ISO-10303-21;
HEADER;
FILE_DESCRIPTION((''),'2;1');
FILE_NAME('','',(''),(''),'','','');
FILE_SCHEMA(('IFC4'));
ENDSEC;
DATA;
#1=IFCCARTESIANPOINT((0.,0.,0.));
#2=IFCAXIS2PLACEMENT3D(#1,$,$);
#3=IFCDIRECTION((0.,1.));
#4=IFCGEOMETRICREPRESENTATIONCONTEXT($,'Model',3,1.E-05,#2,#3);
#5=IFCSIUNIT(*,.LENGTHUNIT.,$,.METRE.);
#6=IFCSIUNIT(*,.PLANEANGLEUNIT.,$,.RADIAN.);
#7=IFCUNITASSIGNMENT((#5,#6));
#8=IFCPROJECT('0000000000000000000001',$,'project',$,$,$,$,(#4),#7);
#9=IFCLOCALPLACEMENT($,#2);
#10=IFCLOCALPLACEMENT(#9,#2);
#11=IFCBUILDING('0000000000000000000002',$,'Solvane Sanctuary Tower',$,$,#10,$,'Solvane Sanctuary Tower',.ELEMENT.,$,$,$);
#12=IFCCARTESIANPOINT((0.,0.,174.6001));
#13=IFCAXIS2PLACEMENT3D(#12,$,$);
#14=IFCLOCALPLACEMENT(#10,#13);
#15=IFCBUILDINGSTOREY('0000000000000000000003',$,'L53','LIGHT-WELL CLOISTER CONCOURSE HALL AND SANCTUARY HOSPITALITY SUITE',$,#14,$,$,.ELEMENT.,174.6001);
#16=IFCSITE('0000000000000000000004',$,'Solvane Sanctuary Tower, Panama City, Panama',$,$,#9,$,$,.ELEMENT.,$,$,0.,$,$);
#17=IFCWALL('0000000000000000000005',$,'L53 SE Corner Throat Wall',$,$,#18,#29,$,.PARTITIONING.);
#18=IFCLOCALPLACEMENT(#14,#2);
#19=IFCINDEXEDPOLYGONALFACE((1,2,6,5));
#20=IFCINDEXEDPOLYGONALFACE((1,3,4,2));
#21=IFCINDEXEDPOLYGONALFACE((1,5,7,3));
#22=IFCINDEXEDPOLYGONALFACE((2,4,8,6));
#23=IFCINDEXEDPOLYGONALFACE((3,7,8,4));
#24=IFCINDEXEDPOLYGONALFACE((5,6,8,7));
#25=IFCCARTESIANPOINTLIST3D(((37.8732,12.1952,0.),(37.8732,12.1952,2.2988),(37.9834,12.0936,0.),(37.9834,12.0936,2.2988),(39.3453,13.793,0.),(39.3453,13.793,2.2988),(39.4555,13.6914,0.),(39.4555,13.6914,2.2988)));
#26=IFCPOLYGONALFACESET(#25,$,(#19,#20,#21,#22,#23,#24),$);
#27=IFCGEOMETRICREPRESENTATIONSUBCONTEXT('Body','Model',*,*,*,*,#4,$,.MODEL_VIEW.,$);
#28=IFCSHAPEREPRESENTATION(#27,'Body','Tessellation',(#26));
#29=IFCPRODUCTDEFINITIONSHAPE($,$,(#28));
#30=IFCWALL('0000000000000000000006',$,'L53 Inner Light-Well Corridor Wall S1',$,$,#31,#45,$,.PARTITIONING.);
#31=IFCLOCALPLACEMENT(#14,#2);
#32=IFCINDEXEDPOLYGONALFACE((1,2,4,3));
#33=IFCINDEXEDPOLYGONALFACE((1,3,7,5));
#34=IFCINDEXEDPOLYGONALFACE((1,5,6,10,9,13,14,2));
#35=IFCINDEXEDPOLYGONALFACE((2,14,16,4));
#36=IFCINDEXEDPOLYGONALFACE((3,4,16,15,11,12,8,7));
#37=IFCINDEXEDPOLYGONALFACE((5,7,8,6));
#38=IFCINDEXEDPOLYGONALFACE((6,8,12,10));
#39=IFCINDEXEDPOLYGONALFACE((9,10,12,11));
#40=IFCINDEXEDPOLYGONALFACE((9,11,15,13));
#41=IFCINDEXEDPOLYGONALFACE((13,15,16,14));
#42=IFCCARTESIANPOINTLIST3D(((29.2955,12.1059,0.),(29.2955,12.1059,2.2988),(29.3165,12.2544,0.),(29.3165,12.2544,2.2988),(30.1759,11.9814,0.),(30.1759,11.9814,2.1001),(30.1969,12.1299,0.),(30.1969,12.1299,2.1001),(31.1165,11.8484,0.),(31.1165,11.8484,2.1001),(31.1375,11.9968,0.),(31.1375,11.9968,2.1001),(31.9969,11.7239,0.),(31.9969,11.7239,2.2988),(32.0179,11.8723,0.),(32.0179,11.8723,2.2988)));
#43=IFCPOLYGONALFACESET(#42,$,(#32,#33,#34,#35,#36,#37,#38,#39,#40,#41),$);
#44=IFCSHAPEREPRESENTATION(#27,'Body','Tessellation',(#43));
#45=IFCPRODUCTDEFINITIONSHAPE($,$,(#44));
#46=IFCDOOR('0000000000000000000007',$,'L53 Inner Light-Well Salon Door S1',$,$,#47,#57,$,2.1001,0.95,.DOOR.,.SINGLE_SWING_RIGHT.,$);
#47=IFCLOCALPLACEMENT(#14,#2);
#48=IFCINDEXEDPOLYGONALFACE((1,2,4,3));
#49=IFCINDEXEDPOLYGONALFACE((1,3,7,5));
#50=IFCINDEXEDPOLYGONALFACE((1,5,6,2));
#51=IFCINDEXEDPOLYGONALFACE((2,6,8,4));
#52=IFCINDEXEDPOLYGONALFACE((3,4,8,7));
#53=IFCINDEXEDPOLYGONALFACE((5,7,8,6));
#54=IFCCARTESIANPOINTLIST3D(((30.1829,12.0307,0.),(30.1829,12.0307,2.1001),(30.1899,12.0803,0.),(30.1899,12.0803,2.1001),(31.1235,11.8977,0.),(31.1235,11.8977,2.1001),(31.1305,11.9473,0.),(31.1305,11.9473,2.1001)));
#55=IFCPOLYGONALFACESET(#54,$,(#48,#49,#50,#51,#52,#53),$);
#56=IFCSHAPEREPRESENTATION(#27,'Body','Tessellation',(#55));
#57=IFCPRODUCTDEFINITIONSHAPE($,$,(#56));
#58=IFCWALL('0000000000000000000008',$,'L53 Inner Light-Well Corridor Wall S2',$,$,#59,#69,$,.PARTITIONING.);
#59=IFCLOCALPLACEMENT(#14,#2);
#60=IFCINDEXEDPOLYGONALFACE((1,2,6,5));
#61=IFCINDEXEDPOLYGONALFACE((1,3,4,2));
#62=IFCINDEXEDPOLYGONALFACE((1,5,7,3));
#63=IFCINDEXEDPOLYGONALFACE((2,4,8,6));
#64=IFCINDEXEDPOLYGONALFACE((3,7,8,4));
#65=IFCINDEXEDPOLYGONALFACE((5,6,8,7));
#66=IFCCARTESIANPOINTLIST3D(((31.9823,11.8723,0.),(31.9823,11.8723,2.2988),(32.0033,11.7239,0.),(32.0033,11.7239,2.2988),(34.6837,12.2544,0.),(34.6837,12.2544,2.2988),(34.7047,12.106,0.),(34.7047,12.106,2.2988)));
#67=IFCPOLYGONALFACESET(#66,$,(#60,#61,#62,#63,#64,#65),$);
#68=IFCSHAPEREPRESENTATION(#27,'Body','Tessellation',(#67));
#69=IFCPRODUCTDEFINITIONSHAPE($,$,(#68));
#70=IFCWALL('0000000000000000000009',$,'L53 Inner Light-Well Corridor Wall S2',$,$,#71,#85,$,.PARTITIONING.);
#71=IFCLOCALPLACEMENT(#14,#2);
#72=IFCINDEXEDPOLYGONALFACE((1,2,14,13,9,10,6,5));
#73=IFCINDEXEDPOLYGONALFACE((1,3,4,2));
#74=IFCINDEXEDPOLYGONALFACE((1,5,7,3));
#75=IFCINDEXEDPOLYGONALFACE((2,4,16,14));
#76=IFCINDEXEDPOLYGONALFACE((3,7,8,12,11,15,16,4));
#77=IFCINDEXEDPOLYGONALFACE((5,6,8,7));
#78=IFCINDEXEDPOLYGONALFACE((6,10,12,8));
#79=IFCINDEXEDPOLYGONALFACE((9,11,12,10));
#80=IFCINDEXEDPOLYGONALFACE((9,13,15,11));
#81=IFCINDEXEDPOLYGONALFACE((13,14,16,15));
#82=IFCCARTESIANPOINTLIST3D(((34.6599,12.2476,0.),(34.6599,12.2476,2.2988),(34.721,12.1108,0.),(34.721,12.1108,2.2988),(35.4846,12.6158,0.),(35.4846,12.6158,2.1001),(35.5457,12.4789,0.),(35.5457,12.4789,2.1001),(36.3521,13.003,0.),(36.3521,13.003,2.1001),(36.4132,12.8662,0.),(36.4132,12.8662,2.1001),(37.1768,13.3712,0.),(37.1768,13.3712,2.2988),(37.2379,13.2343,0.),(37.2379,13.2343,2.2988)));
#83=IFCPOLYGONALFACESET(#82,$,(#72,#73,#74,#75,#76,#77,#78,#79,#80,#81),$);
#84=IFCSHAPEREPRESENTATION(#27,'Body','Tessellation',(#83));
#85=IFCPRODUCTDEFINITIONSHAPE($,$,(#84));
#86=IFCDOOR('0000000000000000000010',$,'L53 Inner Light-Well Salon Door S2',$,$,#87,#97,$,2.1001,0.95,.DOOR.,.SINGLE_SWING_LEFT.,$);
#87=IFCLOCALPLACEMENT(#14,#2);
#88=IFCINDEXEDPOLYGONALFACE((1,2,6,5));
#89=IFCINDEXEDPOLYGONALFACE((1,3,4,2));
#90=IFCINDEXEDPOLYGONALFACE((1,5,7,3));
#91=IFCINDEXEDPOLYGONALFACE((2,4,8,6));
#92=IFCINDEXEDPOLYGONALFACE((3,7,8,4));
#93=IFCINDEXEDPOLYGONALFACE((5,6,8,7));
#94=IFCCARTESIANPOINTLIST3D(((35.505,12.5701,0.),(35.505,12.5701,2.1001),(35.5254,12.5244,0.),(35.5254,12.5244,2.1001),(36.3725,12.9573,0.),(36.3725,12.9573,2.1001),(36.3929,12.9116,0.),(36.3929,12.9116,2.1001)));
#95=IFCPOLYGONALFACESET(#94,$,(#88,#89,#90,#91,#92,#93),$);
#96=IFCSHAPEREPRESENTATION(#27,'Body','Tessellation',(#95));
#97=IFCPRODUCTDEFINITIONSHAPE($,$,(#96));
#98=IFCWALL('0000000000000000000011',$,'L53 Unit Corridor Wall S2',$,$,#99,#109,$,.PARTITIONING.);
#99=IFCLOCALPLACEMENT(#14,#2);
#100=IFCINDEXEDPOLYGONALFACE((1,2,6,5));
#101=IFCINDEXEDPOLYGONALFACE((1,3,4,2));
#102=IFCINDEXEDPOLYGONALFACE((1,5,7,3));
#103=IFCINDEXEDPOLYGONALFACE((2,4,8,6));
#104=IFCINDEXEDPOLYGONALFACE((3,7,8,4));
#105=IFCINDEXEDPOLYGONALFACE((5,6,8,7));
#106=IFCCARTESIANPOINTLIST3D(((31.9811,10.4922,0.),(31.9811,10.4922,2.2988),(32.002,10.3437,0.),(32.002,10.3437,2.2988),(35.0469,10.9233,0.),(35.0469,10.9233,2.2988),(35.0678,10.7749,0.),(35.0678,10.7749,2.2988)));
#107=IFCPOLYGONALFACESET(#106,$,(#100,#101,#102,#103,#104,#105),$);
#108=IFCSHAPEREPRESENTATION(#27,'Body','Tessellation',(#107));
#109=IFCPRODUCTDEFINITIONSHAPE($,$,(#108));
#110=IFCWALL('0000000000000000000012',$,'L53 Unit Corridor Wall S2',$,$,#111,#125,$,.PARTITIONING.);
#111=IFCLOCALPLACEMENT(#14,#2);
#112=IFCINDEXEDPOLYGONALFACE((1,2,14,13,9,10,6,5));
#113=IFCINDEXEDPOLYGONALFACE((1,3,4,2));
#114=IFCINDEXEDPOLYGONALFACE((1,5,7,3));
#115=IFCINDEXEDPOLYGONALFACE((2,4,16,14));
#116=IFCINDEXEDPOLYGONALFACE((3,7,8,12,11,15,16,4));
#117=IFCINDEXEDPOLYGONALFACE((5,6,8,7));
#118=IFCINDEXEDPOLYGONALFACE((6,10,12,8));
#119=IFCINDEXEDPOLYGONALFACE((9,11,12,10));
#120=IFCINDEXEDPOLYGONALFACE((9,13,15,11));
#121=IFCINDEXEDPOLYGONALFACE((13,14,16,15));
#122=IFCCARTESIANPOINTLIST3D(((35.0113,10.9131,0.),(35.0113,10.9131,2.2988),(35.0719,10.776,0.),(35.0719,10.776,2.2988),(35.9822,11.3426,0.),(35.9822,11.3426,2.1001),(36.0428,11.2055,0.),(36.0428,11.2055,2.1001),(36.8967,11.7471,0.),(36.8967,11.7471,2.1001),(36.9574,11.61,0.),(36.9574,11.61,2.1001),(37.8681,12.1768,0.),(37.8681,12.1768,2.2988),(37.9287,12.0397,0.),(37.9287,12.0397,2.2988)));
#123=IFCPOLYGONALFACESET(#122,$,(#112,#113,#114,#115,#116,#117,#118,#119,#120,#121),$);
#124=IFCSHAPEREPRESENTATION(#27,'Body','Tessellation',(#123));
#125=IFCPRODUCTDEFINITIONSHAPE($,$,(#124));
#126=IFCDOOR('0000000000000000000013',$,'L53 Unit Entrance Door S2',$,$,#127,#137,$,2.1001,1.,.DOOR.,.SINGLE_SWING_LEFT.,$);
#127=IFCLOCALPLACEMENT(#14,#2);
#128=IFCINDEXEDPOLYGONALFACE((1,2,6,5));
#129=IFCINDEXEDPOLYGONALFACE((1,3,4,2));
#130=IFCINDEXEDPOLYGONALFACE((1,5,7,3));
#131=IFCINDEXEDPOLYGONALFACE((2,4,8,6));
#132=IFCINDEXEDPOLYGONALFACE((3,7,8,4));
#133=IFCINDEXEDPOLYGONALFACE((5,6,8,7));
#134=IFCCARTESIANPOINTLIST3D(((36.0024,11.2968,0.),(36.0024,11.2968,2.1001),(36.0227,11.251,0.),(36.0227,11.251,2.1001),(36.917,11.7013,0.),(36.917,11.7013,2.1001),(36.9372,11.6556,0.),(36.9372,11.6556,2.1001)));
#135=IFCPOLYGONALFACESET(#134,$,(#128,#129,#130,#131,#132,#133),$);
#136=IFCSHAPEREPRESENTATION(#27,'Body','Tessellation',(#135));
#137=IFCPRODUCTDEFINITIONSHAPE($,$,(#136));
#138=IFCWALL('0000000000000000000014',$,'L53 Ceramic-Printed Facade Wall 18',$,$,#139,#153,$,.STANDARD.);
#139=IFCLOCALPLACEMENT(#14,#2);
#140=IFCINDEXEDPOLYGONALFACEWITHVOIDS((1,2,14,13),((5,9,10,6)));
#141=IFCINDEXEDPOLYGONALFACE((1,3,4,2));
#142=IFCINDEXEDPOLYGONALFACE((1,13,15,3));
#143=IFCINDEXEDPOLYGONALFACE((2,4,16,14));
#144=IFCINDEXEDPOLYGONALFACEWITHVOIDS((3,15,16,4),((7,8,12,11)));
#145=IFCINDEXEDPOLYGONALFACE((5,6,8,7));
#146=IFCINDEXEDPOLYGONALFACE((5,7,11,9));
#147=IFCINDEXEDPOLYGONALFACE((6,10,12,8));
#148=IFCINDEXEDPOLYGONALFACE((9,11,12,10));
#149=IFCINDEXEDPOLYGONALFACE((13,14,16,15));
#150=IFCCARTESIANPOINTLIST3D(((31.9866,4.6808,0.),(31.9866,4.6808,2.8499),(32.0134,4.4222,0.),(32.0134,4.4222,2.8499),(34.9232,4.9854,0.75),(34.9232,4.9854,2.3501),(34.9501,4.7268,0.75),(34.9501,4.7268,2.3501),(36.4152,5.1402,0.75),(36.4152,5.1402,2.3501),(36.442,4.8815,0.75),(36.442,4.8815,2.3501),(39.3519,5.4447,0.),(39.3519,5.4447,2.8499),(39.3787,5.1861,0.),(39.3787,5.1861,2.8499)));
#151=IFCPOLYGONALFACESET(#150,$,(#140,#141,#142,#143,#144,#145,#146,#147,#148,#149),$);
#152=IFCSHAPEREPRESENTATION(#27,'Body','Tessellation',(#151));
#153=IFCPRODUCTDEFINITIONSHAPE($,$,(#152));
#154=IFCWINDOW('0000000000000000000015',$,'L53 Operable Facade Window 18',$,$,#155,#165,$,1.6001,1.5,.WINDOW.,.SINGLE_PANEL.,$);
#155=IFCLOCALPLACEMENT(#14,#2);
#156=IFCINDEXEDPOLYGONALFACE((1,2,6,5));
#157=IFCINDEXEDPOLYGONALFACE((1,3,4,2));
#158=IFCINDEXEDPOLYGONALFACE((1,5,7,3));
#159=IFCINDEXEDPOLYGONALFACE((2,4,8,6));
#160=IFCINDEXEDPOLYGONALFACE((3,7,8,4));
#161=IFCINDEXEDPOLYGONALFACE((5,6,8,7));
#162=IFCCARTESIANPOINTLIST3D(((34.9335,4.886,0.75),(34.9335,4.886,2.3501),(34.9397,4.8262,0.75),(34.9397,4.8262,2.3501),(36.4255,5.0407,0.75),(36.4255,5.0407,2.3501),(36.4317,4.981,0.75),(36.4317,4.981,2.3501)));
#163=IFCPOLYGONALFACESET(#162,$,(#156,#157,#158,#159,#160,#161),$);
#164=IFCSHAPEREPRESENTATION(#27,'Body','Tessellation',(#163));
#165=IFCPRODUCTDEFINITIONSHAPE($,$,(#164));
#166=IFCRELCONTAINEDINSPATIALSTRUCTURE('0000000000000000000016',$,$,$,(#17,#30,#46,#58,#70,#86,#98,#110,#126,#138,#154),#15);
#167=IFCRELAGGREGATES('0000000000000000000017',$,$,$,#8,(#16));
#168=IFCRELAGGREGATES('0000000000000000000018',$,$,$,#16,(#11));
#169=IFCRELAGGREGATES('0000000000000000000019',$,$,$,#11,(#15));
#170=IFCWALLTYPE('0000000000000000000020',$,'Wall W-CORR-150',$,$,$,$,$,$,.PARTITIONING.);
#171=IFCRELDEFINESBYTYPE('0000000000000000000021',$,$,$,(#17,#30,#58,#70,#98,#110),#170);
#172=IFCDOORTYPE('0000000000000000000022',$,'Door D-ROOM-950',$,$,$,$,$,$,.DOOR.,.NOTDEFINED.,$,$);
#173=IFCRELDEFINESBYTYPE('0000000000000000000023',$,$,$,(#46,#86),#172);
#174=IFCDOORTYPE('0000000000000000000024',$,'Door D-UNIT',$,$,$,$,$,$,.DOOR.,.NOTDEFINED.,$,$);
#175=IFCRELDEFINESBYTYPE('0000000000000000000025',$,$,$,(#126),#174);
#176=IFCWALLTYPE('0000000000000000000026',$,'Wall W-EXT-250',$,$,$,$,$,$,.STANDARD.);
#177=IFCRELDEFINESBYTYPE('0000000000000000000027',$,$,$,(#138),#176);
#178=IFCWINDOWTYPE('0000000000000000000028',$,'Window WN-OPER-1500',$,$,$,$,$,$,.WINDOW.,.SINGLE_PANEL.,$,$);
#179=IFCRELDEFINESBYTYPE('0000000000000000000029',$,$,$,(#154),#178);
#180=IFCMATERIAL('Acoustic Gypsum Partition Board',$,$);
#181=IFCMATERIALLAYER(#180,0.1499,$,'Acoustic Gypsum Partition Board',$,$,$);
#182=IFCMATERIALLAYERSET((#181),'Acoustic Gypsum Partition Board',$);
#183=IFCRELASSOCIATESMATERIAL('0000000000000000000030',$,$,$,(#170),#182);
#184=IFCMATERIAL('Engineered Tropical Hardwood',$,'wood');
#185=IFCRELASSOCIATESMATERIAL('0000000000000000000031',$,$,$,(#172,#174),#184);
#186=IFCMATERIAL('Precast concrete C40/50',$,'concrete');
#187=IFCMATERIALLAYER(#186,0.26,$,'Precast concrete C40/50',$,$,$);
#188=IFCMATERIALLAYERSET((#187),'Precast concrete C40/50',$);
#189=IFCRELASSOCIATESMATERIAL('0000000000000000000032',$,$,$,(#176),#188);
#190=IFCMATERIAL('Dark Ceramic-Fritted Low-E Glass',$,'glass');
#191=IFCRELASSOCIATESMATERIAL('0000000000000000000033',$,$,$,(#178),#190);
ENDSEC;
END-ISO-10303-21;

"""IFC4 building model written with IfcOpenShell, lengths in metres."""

from ifc_helpers import new_model, si_unit, direction, frame, frame_2d, origin, place, context, subcontext, project, spatial, rectangle, extrude, material, layer, layer_set, type_object, element, fill, save


model = new_model("IFC4")

# Units and contexts
model_context = context("Model", 3, precision=1e-05, world=origin(), true_north=direction((0.0, 1.0)))
body_context = subcontext(model_context, "Body", "Model", "MODEL_VIEW")
ifc_project = project(units=[si_unit("LENGTHUNIT", "METRE"), si_unit("PLANEANGLEUNIT", "RADIAN")], contexts=[model_context])

# Site, building, storey
site_placement = place(None, origin())
site = spatial("IfcSite", under=ifc_project, at=site_placement, Name="Solvane Sanctuary Tower, Panama City, Panama", CompositionType="ELEMENT", RefElevation=0.0)
building_placement = place(site_placement, origin())
building = spatial("IfcBuilding", under=site, at=building_placement, Name="Solvane Sanctuary Tower", LongName="Solvane Sanctuary Tower", CompositionType="ELEMENT")
storey_placement = place(building_placement, frame((0.0, 0.0, 174.6001)))
storey = spatial("IfcBuildingStorey", under=building, at=storey_placement, Name="L53", Description="LIGHT-WELL CLOISTER CONCOURSE HALL AND SANCTUARY HOSPITALITY SUITE", CompositionType="ELEMENT", Elevation=174.6001)

# Wall
ifc_material_1 = material(Name="Acoustic Gypsum Partition Board")
ifc_layer_1 = layer(ifc_material_1, 0.1499, Name="Acoustic Gypsum Partition Board")
ifc_layer_set_1 = layer_set([ifc_layer_1], Name="Acoustic Gypsum Partition Board")
wall_type_1 = type_object("IfcWallType", Name="Wall W-CORR-150", PredefinedType="PARTITIONING", material=ifc_layer_set_1)
wall_1_placement = place(storey_placement, frame((37.9282, 12.1443, 0.0), z_axis=(0.0, 0.0, 1.0), x_axis=(0.67758, 0.735449, 0.0)))
element("IfcWall", 1, at=wall_1_placement, inside=storey, type_object=wall_type_1, Name="L53 SE Corner Throat Wall", PredefinedType="PARTITIONING", context=body_context, shape_type="SweptSolid", body=[
    extrude(rectangle(XDim=2.1726, YDim=0.1499, at=frame_2d((1.0864, 0.0))), origin(), (0.0, 0.0, 1.0), 2.2988),
])

# Wall, opening, door
wall_2_placement = place(storey_placement, frame((29.3059, 12.1802, 0.0), z_axis=(0.0, 0.0, 1.0), x_axis=(0.990145, -0.140043, 0.0)))
wall_2 = element("IfcWall", 2, at=wall_2_placement, inside=storey, type_object=wall_type_1, Name="L53 Inner Light-Well Corridor Wall S1", PredefinedType="PARTITIONING", context=body_context, shape_type="SweptSolid", body=[
    extrude(rectangle(XDim=2.7283, YDim=0.1499, at=frame_2d((1.3643, 0.0))), origin(), (0.0, 0.0, 1.0), 2.2988),
])
opening_1_placement = place(wall_2_placement, frame((0.8892, 0.0, 0.0)))
opening_1 = element("IfcOpeningElement", 3, at=opening_1_placement, cuts=wall_2, PredefinedType="OPENING", context=body_context, shape_type="SweptSolid", body=[
    extrude(rectangle(XDim=0.95, YDim=2.1001, at=frame_2d((0.4751, 1.05))), frame((0.0, 0.085, 0.0), z_axis=(0.0, -1.0, 0.0), x_axis=(1.0, 0.0, 0.0)), (0.0, 0.0, 1.0), 0.1699),
])
ifc_material_2 = material(Name="Engineered Tropical Hardwood", Category="wood")
door_type_1 = type_object("IfcDoorType", Name="Door D-ROOM-950", OperationType="NOTDEFINED", PredefinedType="DOOR", material=ifc_material_2)
door_1_placement = place(opening_1_placement, origin())
door_1 = element("IfcDoor", 4, at=door_1_placement, inside=storey, type_object=door_type_1, Name="L53 Inner Light-Well Salon Door S1", OperationType="SINGLE_SWING_RIGHT", OverallHeight=2.1001, OverallWidth=0.95, PredefinedType="DOOR", context=body_context, shape_type="SweptSolid", body=[
    extrude(rectangle(XDim=0.95, YDim=2.1001, at=frame_2d((0.4751, 1.05))), frame((0.0, 0.0249, 0.0), z_axis=(0.0, -1.0, 0.0), x_axis=(1.0, 0.0, 0.0)), (0.0, 0.0, 1.0), 0.05),
])
fill(opening_1, door_1)

# Wall
wall_3_placement = place(storey_placement, frame((31.9927, 11.7981, 0.0), z_axis=(0.0, 0.0, 1.0), x_axis=(0.990145, 0.140043, 0.0)))
element("IfcWall", 5, at=wall_3_placement, inside=storey, type_object=wall_type_1, Name="L53 Inner Light-Well Corridor Wall S2", PredefinedType="PARTITIONING", context=body_context, shape_type="SweptSolid", body=[
    extrude(rectangle(XDim=2.7283, YDim=0.1499, at=frame_2d((1.3643, 0.0))), origin(), (0.0, 0.0, 1.0), 2.2988),
])

# Wall, opening, door
wall_4_placement = place(storey_placement, frame((34.6904, 12.1792, 0.0), z_axis=(0.0, 0.0, 1.0), x_axis=(0.913146, 0.407634, 0.0)))
wall_4 = element("IfcWall", 6, at=wall_4_placement, inside=storey, type_object=wall_type_1, Name="L53 Inner Light-Well Corridor Wall S2", PredefinedType="PARTITIONING", context=body_context, shape_type="SweptSolid", body=[
    extrude(rectangle(XDim=2.7563, YDim=0.1499, at=frame_2d((1.3782, 0.0))), origin(), (0.0, 0.0, 1.0), 2.2988),
])
opening_2_placement = place(wall_4_placement, frame((0.9031, 0.0, 0.0)))
opening_2 = element("IfcOpeningElement", 7, at=opening_2_placement, cuts=wall_4, PredefinedType="OPENING", context=body_context, shape_type="SweptSolid", body=[
    extrude(rectangle(XDim=0.95, YDim=2.1001, at=frame_2d((0.4751, 1.05))), frame((0.0, 0.085, 0.0), z_axis=(0.0, -1.0, 0.0), x_axis=(1.0, 0.0, 0.0)), (0.0, 0.0, 1.0), 0.1699),
])
door_2_placement = place(opening_2_placement, origin())
door_2 = element("IfcDoor", 8, at=door_2_placement, inside=storey, type_object=door_type_1, Name="L53 Inner Light-Well Salon Door S2", OperationType="SINGLE_SWING_LEFT", OverallHeight=2.1001, OverallWidth=0.95, PredefinedType="DOOR", context=body_context, shape_type="SweptSolid", body=[
    extrude(rectangle(XDim=0.95, YDim=2.1001, at=frame_2d((0.4751, 1.05))), frame((0.0, 0.0249, 0.0), z_axis=(0.0, -1.0, 0.0), x_axis=(1.0, 0.0, 0.0)), (0.0, 0.0, 1.0), 0.05),
])
fill(opening_2, door_2)

# Wall
wall_5_placement = place(storey_placement, frame((31.9917, 10.418, 0.0), z_axis=(0.0, 0.0, 1.0), x_axis=(0.990255, 0.139268, 0.0)))
element("IfcWall", 9, at=wall_5_placement, inside=storey, type_object=wall_type_1, Name="L53 Unit Corridor Wall S2", PredefinedType="PARTITIONING", context=body_context, shape_type="SweptSolid", body=[
    extrude(rectangle(XDim=3.0959, YDim=0.1499, at=frame_2d((1.5479, 0.0))), origin(), (0.0, 0.0, 1.0), 2.2988),
])

# Wall, opening, door
wall_6_placement = place(storey_placement, frame((35.0415, 10.8445, 0.0), z_axis=(0.0, 0.0, 1.0), x_axis=(0.914519, 0.404542, 0.0)))
wall_6 = element("IfcWall", 10, at=wall_6_placement, inside=storey, type_object=wall_type_1, Name="L53 Unit Corridor Wall S2", PredefinedType="PARTITIONING", context=body_context, shape_type="SweptSolid", body=[
    extrude(rectangle(XDim=3.1238, YDim=0.1499, at=frame_2d((1.562, 0.0))), origin(), (0.0, 0.0, 1.0), 2.2988),
])
opening_3_placement = place(wall_6_placement, frame((1.0618, 0.0, 0.0)))
opening_3 = element("IfcOpeningElement", 11, at=opening_3_placement, cuts=wall_6, PredefinedType="OPENING", context=body_context, shape_type="SweptSolid", body=[
    extrude(rectangle(XDim=1.0, YDim=2.1001, at=frame_2d((0.5, 1.05))), frame((0.0, 0.085, 0.0), z_axis=(0.0, -1.0, 0.0), x_axis=(1.0, 0.0, 0.0)), (0.0, 0.0, 1.0), 0.1699),
])
door_type_2 = type_object("IfcDoorType", Name="Door D-UNIT", OperationType="NOTDEFINED", PredefinedType="DOOR", material=ifc_material_2)
door_3_placement = place(opening_3_placement, origin())
door_3 = element("IfcDoor", 12, at=door_3_placement, inside=storey, type_object=door_type_2, Name="L53 Unit Entrance Door S2", OperationType="SINGLE_SWING_LEFT", OverallHeight=2.1001, OverallWidth=1.0, PredefinedType="DOOR", context=body_context, shape_type="SweptSolid", body=[
    extrude(rectangle(XDim=1.0, YDim=2.1001, at=frame_2d((0.5, 1.05))), frame((0.0, 0.0249, 0.0), z_axis=(0.0, -1.0, 0.0), x_axis=(1.0, 0.0, 0.0)), (0.0, 0.0, 1.0), 0.05),
])
fill(opening_3, door_3)

# Wall, opening, window
ifc_material_3 = material(Name="Precast concrete C40/50", Category="concrete")
ifc_layer_2 = layer(ifc_material_3, 0.26, Name="Precast concrete C40/50")
ifc_layer_set_2 = layer_set([ifc_layer_2], Name="Precast concrete C40/50")
wall_type_2 = type_object("IfcWallType", Name="Wall W-EXT-250", PredefinedType="STANDARD", material=ifc_layer_set_2)
wall_7_placement = place(storey_placement, frame((32.0, 4.5515, 0.0), z_axis=(0.0, 0.0, 1.0), x_axis=(0.994664, 0.103166, 0.0)))
wall_7 = element("IfcWall", 13, at=wall_7_placement, inside=storey, type_object=wall_type_2, Name="L53 Ceramic-Printed Facade Wall 18", PredefinedType="STANDARD", context=body_context, shape_type="SweptSolid", body=[
    extrude(rectangle(XDim=7.4048, YDim=0.26, at=frame_2d((3.7024, 0.0))), origin(), (0.0, 0.0, 1.0), 2.8499),
])
opening_4_placement = place(wall_7_placement, frame((2.9524, 0.0, 0.75)))
opening_4 = element("IfcOpeningElement", 14, at=opening_4_placement, cuts=wall_7, PredefinedType="OPENING", context=body_context, shape_type="SweptSolid", body=[
    extrude(rectangle(XDim=1.5, YDim=1.6001, at=frame_2d((0.75, 0.8))), frame((0.0, 0.1399, 0.0), z_axis=(0.0, -1.0, 0.0), x_axis=(1.0, 0.0, 0.0)), (0.0, 0.0, 1.0), 0.28),
])
ifc_material_4 = material(Name="Dark Ceramic-Fritted Low-E Glass", Category="glass")
window_type = type_object("IfcWindowType", Name="Window WN-OPER-1500", PartitioningType="SINGLE_PANEL", PredefinedType="WINDOW", material=ifc_material_4)
window_placement = place(opening_4_placement, origin())
window = element("IfcWindow", 15, at=window_placement, inside=storey, type_object=window_type, Name="L53 Operable Facade Window 18", OverallHeight=1.6001, OverallWidth=1.5, PartitioningType="SINGLE_PANEL", PredefinedType="WINDOW", context=body_context, shape_type="SweptSolid", body=[
    extrude(rectangle(XDim=1.5, YDim=1.6001, at=frame_2d((0.75, 0.8))), frame((0.0, 0.03, 0.0), z_axis=(0.0, -1.0, 0.0), x_axis=(1.0, 0.0, 0.0)), (0.0, 0.0, 1.0), 0.0601),
])
fill(opening_4, window)

save(model, "model.ifc")
